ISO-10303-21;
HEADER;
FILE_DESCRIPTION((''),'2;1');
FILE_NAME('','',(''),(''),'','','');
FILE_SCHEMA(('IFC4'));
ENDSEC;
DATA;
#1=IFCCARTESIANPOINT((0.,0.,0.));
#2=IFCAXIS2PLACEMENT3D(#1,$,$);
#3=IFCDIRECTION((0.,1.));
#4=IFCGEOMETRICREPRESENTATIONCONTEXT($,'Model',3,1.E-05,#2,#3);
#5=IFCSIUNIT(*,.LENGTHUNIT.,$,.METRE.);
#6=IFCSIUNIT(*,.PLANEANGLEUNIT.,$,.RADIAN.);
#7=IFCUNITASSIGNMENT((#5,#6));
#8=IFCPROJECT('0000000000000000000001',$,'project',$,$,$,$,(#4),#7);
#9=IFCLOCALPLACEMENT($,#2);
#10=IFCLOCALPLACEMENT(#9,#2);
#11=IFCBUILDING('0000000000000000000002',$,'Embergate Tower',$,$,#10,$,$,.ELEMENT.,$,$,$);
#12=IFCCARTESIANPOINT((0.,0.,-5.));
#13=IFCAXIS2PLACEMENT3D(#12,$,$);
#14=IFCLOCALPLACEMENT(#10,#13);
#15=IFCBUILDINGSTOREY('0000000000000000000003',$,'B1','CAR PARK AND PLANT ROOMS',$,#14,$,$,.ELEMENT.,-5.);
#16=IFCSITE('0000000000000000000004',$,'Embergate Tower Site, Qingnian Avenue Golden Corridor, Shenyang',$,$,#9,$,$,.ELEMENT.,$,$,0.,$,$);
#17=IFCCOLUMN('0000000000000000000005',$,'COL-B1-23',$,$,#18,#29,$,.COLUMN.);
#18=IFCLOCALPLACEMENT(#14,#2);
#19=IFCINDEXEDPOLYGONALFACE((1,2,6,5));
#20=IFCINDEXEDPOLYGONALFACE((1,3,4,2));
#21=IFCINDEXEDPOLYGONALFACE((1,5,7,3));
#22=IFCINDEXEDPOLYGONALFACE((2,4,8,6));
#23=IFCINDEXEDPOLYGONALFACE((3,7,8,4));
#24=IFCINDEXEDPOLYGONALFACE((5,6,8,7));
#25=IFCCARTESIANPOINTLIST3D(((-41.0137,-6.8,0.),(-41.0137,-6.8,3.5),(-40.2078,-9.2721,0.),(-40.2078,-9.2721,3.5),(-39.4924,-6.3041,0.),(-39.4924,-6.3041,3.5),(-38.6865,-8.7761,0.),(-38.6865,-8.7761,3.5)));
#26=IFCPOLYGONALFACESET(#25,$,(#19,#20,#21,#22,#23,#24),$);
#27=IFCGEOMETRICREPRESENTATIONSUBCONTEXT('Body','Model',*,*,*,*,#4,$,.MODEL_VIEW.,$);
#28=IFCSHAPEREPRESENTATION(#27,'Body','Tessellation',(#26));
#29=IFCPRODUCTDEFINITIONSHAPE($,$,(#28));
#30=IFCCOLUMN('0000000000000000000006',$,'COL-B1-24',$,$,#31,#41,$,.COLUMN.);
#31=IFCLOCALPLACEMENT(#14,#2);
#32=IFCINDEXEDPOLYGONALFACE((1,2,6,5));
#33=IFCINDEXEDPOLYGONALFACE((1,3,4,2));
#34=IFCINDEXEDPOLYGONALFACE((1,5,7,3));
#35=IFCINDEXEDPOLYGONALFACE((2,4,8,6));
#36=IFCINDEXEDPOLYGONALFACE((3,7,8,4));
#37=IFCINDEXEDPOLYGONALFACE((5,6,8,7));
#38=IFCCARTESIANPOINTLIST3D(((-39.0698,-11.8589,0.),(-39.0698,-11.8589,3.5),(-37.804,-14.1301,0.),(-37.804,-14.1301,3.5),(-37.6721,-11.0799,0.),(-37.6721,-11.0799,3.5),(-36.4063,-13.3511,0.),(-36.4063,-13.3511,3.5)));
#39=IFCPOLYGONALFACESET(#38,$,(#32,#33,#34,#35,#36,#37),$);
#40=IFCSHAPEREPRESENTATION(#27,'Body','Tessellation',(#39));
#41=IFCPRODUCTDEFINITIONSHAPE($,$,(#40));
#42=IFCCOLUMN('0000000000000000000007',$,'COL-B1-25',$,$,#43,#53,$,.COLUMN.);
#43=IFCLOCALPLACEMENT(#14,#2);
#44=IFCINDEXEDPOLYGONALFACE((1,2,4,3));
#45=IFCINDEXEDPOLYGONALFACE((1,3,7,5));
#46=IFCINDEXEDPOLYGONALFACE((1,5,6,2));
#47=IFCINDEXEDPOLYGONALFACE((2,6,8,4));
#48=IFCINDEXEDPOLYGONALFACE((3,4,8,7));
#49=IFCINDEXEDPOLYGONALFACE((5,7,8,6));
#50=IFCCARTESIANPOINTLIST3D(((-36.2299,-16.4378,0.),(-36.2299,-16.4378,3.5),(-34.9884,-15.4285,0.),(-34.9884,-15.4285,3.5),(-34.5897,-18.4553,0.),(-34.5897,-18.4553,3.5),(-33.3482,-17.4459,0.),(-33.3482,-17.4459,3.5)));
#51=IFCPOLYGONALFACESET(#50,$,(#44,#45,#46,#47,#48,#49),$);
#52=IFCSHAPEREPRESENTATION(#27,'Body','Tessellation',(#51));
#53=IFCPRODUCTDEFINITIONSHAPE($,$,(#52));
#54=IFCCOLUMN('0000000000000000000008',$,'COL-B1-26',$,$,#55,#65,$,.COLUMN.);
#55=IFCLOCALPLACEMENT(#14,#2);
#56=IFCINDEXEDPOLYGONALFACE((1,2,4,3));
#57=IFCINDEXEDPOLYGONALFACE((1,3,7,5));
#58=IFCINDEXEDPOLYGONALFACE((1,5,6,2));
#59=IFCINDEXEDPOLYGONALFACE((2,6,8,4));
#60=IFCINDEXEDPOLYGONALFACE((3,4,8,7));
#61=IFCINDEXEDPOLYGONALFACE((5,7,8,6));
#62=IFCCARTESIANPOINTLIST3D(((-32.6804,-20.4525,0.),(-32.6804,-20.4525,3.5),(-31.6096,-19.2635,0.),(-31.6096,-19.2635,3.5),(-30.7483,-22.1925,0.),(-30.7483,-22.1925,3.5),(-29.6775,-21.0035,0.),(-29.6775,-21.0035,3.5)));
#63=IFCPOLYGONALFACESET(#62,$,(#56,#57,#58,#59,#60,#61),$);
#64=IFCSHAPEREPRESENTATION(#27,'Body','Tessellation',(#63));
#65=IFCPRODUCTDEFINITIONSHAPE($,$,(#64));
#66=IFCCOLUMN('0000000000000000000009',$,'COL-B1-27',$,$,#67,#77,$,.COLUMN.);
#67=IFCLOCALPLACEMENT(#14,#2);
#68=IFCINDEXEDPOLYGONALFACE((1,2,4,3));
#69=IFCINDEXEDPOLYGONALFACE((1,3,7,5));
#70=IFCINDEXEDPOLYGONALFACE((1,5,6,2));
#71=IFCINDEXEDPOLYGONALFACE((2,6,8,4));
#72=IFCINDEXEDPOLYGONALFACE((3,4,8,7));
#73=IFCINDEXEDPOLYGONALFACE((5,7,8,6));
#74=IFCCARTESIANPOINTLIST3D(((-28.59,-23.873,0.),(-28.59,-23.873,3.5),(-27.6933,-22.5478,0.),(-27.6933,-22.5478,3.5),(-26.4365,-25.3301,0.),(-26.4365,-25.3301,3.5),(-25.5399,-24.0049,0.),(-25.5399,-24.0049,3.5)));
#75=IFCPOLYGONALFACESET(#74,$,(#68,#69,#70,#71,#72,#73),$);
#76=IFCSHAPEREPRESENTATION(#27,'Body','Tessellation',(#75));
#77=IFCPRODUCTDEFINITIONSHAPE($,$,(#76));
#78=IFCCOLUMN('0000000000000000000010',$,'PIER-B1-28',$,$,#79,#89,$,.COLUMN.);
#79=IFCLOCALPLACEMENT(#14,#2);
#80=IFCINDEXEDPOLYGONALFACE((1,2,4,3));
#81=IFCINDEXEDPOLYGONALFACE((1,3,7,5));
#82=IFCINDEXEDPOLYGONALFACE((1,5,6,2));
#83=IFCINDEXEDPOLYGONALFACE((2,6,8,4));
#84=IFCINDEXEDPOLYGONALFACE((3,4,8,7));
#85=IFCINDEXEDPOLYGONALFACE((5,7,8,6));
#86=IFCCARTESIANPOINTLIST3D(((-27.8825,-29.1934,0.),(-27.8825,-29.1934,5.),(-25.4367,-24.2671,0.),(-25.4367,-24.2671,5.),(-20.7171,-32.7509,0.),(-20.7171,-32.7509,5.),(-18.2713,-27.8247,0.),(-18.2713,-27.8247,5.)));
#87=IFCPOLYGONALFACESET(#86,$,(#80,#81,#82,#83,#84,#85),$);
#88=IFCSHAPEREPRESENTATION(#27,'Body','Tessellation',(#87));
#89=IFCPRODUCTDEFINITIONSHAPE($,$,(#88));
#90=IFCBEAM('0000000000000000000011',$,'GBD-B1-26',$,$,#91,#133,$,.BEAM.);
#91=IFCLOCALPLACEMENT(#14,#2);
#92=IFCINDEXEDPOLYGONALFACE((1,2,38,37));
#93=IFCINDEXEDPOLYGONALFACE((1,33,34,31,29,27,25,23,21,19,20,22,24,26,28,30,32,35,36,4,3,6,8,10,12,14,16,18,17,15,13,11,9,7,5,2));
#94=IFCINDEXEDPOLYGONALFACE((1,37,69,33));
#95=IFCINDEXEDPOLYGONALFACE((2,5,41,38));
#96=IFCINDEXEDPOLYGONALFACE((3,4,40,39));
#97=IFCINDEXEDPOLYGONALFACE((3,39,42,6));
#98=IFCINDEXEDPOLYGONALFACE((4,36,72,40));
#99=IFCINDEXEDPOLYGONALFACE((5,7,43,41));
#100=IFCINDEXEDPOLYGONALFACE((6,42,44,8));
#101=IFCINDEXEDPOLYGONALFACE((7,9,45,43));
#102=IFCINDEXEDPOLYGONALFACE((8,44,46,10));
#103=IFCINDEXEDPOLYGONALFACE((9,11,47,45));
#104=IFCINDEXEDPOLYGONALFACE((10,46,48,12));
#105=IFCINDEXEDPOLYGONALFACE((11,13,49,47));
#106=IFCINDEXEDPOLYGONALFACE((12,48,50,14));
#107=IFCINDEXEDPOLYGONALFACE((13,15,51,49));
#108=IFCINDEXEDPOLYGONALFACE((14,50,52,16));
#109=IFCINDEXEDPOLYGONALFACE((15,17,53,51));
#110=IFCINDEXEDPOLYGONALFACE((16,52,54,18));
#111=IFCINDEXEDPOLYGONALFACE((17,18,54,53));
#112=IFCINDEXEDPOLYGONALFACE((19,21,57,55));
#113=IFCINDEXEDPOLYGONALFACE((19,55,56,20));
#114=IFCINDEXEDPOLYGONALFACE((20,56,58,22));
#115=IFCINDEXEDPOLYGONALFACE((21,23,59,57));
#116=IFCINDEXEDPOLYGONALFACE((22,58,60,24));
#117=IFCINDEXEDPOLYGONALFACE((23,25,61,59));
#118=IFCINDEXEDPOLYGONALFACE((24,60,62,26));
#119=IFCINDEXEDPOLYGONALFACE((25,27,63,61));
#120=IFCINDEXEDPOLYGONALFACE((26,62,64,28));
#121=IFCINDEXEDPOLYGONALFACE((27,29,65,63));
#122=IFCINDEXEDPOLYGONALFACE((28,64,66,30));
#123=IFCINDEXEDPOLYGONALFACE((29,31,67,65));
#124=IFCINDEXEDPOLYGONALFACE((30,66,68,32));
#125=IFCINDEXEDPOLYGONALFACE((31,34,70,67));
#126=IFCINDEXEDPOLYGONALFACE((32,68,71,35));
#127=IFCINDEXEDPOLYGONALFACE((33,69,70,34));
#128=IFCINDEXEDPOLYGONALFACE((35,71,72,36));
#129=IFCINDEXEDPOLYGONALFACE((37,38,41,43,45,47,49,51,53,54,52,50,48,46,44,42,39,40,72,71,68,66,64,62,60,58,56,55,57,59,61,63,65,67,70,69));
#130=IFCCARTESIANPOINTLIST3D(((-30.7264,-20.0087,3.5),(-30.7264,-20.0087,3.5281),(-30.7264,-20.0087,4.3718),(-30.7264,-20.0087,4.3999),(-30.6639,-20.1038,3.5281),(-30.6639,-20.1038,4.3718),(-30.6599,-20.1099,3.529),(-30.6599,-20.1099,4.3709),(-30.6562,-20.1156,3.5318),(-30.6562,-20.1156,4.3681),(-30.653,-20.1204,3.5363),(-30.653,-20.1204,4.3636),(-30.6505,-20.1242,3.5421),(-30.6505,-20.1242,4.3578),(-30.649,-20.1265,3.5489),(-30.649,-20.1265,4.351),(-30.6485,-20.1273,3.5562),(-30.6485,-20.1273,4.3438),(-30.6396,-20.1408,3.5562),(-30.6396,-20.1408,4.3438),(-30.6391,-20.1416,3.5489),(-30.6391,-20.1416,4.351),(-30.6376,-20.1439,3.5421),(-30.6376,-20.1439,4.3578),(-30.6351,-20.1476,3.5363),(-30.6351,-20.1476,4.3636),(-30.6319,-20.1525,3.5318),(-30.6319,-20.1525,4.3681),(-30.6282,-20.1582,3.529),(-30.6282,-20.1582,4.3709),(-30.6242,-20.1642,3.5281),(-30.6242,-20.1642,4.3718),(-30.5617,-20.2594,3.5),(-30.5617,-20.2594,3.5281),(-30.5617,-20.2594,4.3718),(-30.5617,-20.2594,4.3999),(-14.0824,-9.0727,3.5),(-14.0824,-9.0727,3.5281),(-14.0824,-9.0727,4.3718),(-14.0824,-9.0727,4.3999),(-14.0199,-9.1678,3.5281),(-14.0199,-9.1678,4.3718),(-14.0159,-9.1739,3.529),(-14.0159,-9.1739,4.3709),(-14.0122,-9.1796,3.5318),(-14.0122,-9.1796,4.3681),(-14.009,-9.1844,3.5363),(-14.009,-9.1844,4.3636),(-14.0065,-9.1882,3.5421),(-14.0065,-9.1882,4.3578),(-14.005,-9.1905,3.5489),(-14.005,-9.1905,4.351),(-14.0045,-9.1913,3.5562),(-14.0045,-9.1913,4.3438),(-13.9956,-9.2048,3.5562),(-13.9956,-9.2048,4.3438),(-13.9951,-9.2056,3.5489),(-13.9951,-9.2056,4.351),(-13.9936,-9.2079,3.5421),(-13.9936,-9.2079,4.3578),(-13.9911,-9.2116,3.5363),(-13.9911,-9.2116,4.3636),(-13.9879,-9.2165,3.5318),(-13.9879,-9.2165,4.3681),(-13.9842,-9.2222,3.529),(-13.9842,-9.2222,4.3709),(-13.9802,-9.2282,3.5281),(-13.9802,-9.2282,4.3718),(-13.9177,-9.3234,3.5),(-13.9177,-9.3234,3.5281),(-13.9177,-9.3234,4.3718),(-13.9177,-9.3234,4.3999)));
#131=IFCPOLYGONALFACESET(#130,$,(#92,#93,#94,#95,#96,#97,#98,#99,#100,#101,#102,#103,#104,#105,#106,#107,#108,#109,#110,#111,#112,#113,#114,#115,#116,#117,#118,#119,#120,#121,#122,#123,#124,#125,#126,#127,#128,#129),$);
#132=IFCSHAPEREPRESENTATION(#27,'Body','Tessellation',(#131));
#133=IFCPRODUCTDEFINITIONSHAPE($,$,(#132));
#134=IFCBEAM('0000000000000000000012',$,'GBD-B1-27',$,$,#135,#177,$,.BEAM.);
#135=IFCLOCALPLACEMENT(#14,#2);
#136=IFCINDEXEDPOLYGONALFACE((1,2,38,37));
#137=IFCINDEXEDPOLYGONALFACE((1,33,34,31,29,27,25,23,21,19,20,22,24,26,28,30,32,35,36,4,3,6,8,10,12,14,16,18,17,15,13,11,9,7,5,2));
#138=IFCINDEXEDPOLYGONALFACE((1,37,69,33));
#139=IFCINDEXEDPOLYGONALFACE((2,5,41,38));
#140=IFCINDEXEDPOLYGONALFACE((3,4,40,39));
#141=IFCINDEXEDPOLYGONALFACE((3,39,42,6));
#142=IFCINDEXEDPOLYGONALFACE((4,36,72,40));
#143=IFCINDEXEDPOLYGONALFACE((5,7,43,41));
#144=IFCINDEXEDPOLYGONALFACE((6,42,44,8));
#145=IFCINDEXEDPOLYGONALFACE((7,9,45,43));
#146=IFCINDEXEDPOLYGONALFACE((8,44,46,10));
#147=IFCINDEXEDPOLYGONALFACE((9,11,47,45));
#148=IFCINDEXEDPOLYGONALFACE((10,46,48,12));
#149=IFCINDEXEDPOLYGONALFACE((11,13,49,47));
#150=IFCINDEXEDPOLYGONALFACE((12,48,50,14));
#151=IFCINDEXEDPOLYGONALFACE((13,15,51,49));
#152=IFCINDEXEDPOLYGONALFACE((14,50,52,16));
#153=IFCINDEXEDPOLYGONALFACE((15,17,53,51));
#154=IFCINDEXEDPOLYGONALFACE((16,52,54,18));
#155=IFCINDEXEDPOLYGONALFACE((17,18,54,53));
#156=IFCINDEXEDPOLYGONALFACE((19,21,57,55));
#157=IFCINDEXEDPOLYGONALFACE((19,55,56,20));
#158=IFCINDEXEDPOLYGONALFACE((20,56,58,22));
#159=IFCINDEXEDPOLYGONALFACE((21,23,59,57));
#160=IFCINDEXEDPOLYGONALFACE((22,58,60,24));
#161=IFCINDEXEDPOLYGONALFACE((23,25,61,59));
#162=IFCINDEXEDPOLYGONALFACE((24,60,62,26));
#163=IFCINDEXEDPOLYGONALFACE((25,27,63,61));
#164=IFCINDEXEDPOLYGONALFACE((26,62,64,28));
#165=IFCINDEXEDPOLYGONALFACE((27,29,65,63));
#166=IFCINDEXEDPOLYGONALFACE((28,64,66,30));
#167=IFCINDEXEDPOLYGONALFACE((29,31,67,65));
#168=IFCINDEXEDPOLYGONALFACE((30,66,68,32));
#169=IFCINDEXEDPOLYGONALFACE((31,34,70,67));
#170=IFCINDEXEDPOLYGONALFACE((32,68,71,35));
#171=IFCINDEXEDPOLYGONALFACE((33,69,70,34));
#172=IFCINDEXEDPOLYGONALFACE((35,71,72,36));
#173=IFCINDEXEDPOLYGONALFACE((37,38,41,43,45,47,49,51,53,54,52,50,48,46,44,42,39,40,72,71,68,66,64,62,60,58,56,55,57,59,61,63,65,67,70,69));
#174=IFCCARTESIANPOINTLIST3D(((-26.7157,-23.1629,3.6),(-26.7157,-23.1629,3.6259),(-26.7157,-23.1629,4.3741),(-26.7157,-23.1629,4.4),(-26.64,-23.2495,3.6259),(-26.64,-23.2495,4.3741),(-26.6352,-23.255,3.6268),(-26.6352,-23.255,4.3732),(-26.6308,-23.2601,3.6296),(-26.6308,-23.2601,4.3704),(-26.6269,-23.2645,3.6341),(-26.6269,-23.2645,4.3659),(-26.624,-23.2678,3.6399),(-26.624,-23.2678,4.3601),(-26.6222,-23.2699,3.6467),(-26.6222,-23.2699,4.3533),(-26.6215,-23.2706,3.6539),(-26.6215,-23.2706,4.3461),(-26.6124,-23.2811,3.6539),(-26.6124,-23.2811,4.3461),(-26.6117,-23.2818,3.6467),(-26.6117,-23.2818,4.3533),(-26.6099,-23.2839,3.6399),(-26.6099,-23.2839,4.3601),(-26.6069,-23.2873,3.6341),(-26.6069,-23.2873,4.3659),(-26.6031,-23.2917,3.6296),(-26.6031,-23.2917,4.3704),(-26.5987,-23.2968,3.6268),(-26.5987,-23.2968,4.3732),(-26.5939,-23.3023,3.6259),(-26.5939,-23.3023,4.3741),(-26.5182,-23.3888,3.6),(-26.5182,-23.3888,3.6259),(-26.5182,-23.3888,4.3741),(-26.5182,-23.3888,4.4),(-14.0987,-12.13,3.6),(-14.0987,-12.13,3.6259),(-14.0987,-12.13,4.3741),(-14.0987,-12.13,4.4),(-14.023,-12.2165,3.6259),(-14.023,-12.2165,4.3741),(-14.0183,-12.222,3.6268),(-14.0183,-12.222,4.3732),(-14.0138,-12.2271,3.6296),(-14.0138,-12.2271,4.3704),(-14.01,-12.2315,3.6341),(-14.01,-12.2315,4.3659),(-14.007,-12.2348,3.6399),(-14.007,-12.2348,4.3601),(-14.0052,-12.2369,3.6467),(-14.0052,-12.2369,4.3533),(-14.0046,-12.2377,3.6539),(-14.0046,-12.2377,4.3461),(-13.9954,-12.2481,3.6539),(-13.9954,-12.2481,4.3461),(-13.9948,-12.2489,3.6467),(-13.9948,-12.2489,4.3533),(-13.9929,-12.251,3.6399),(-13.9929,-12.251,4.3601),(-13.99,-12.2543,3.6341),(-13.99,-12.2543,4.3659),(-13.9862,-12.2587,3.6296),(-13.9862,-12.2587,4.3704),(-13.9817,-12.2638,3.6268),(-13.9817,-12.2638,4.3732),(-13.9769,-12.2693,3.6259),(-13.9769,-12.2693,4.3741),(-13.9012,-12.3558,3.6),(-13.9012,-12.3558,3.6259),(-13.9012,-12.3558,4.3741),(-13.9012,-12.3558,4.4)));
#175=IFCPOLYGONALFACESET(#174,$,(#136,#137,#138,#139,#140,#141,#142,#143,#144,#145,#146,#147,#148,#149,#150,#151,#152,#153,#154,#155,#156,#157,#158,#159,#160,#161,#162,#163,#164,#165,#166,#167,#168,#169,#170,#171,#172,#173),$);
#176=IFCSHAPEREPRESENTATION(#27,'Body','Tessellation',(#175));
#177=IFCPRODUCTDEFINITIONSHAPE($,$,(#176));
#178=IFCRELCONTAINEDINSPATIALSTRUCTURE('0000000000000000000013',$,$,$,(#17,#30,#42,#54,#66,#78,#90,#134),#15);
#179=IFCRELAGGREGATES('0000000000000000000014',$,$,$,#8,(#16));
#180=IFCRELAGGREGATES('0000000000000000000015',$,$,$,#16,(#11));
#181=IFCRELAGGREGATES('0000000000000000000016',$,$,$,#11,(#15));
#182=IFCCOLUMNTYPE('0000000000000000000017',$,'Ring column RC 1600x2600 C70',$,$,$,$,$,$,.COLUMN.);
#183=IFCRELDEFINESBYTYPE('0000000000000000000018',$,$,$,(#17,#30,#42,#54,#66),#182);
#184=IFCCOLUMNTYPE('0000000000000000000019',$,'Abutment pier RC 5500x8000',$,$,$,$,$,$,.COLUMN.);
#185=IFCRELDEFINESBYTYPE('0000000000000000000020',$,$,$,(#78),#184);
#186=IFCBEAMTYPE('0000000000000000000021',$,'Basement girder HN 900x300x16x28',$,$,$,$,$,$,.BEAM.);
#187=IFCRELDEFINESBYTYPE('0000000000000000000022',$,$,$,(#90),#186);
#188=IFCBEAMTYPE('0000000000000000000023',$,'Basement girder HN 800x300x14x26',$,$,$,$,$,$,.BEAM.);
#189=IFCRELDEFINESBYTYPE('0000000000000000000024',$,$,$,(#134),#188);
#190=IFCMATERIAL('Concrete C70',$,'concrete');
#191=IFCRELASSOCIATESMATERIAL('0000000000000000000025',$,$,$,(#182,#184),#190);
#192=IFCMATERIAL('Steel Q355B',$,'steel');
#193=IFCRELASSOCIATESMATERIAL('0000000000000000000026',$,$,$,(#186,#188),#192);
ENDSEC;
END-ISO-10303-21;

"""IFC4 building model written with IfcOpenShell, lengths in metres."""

from ifc_helpers import new_model, si_unit, direction, frame, origin, origin_2d, place, context, subcontext, project, spatial, rectangle, i_section, extrude, source, transform, mapped, material, material_profile, profile_set, type_object, element, save


model = new_model("IFC4")

# Units and contexts
model_context = context("Model", 3, precision=1e-05, world=origin(), true_north=direction((0.0, 1.0)))
body_context = subcontext(model_context, "Body", "Model", "MODEL_VIEW")
ifc_project = project(units=[si_unit("LENGTHUNIT", "METRE"), si_unit("PLANEANGLEUNIT", "RADIAN")], contexts=[model_context])

# Site, building, storey
site_placement = place(None, origin())
site = spatial("IfcSite", under=ifc_project, at=site_placement, Name="Embergate Tower Site, Qingnian Avenue Golden Corridor, Shenyang", CompositionType="ELEMENT", RefElevation=0.0)
building_placement = place(site_placement, origin())
building = spatial("IfcBuilding", under=site, at=building_placement, Name="Embergate Tower", CompositionType="ELEMENT")
storey_placement = place(building_placement, frame((0.0, 0.0, -5.0)))
storey = spatial("IfcBuildingStorey", under=building, at=storey_placement, Name="B1", Description="CAR PARK AND PLANT ROOMS", CompositionType="ELEMENT", Elevation=-5.0)

# Columns
ifc_material_1 = material(Name="Concrete C70", Category="concrete")
ifc_material_profile_1 = material_profile(ifc_material_1, rectangle(XDim=1.6001, YDim=2.6001, at=origin_2d()), Name="RC 1600x2600")
ifc_profile_set_1 = profile_set([ifc_material_profile_1], Name="Concrete C70")
column_type_1 = type_object("IfcColumnType", Name="Ring column RC 1600x2600 C70", PredefinedType="COLUMN", material=ifc_profile_set_1)
shared_shape_1 = source(origin(), body_context, "Body", "SweptSolid", [
    extrude(rectangle(XDim=1.6001, YDim=2.6001, at=origin_2d()), origin(), (0.0, 0.0, 1.0), 3.5),
])
for number, where, z_axis, x_axis, name in (
    (1, (-39.8501, -7.7881, 0.0), (0.0, 0.0, 1.0), (-0.950754, -0.309946, 0.0), "COL-B1-23"),
    (2, (-37.738, -12.605, 0.0), (0.0, 0.0, 1.0), (-0.873492, -0.486839, 0.0), "COL-B1-24"),
    (3, (-34.7891, -16.9419, 0.0), (0.0, 0.0, 1.0), (-0.775925, -0.630825, 0.0), "COL-B1-25"),
    (4, (-31.179, -20.728, 0.0), (0.0, 0.0, 1.0), (-0.669208, -0.743075, 0.0), "COL-B1-26"),
    (5, (-27.0649, -23.939, 0.0), (0.0, 0.0, 1.0), (-0.560393, -0.828227, 0.0), "COL-B1-27"),
):
    element("IfcColumn", number, at=place(storey_placement, frame(where, z_axis=z_axis, x_axis=x_axis)), inside=storey, type_object=column_type_1, Name=name, PredefinedType="COLUMN", context=body_context, shape_type="MappedRepresentation", body=[
        mapped(shared_shape_1, transform((0.0, 0.0, 0.0))),
    ])
ifc_material_profile_2 = material_profile(ifc_material_1, rectangle(XDim=5.5, YDim=8.0, at=origin_2d()), Name="RC 5500x8000")
ifc_profile_set_2 = profile_set([ifc_material_profile_2], Name="Concrete C70")
column_type_2 = type_object("IfcColumnType", Name="Abutment pier RC 5500x8000", PredefinedType="COLUMN", material=ifc_profile_set_2)
shared_shape_2 = source(origin(), body_context, "Body", "SweptSolid", [
    extrude(rectangle(XDim=5.5, YDim=8.0, at=origin_2d()), origin(), (0.0, 0.0, 1.0), 5.0),
])
column_placement = place(storey_placement, frame((-23.0769, -28.509, 0.0), z_axis=(0.0, 0.0, 1.0), x_axis=(-0.444698, -0.895681, 0.0)))
element("IfcColumn", 6, at=column_placement, inside=storey, type_object=column_type_2, Name="PIER-B1-28", PredefinedType="COLUMN", context=body_context, shape_type="MappedRepresentation", body=[
    mapped(shared_shape_2, transform((0.0, 0.0, 0.0))),
])

# Beams
ifc_material_2 = material(Name="Steel Q355B", Category="steel")
ifc_material_profile_3 = material_profile(ifc_material_2, i_section(OverallWidth=0.3, OverallDepth=0.8999, WebThickness=0.0161, FlangeThickness=0.0281, FilletRadius=0.0281, at=origin_2d()), Name="HN 900x300x16x28")
ifc_profile_set_3 = profile_set([ifc_material_profile_3], Name="Steel Q355 grade B")
beam_type_1 = type_object("IfcBeamType", Name="Basement girder HN 900x300x16x28", PredefinedType="BEAM", material=ifc_profile_set_3)
shared_shape_3 = source(origin(), body_context, "Body", "SweptSolid", [
    extrude(i_section(OverallWidth=0.3, OverallDepth=0.8999, WebThickness=0.0161, FlangeThickness=0.0281, FilletRadius=0.0281, at=origin_2d()), origin(), (0.0, 0.0, 1.0), 19.9153),
])
beam_1_placement = place(storey_placement, frame((-30.644, -20.134, 3.95), z_axis=(0.83574, 0.549126, 0.0), x_axis=(-0.549126, 0.83574, 0.0)))
element("IfcBeam", 7, at=beam_1_placement, inside=storey, type_object=beam_type_1, Name="GBD-B1-26", PredefinedType="BEAM", context=body_context, shape_type="MappedRepresentation", body=[
    mapped(shared_shape_3, transform((0.0, 0.0, 0.0))),
])
ifc_material_profile_4 = material_profile(ifc_material_2, i_section(OverallWidth=0.3, OverallDepth=0.8, WebThickness=0.0139, FlangeThickness=0.0259, FilletRadius=0.0281, at=origin_2d()), Name="HN 800x300x14x26")
ifc_profile_set_4 = profile_set([ifc_material_profile_4], Name="Steel Q355 grade B")
beam_type_2 = type_object("IfcBeamType", Name="Basement girder HN 800x300x14x26", PredefinedType="BEAM", material=ifc_profile_set_4)
shared_shape_4 = source(origin(), body_context, "Body", "SweptSolid", [
    extrude(i_section(OverallWidth=0.3, OverallDepth=0.8, WebThickness=0.0139, FlangeThickness=0.0259, FilletRadius=0.0281, at=origin_2d()), origin(), (0.0, 0.0, 1.0), 16.7605),
])
beam_2_placement = place(storey_placement, frame((-26.6169, -23.2759, 4.0), z_axis=(0.75278, 0.658273, 0.0), x_axis=(-0.658273, 0.75278, 0.0)))
element("IfcBeam", 8, at=beam_2_placement, inside=storey, type_object=beam_type_2, Name="GBD-B1-27", PredefinedType="BEAM", context=body_context, shape_type="MappedRepresentation", body=[
    mapped(shared_shape_4, transform((0.0, 0.0, 0.0))),
])

save(model, "model.ifc")
